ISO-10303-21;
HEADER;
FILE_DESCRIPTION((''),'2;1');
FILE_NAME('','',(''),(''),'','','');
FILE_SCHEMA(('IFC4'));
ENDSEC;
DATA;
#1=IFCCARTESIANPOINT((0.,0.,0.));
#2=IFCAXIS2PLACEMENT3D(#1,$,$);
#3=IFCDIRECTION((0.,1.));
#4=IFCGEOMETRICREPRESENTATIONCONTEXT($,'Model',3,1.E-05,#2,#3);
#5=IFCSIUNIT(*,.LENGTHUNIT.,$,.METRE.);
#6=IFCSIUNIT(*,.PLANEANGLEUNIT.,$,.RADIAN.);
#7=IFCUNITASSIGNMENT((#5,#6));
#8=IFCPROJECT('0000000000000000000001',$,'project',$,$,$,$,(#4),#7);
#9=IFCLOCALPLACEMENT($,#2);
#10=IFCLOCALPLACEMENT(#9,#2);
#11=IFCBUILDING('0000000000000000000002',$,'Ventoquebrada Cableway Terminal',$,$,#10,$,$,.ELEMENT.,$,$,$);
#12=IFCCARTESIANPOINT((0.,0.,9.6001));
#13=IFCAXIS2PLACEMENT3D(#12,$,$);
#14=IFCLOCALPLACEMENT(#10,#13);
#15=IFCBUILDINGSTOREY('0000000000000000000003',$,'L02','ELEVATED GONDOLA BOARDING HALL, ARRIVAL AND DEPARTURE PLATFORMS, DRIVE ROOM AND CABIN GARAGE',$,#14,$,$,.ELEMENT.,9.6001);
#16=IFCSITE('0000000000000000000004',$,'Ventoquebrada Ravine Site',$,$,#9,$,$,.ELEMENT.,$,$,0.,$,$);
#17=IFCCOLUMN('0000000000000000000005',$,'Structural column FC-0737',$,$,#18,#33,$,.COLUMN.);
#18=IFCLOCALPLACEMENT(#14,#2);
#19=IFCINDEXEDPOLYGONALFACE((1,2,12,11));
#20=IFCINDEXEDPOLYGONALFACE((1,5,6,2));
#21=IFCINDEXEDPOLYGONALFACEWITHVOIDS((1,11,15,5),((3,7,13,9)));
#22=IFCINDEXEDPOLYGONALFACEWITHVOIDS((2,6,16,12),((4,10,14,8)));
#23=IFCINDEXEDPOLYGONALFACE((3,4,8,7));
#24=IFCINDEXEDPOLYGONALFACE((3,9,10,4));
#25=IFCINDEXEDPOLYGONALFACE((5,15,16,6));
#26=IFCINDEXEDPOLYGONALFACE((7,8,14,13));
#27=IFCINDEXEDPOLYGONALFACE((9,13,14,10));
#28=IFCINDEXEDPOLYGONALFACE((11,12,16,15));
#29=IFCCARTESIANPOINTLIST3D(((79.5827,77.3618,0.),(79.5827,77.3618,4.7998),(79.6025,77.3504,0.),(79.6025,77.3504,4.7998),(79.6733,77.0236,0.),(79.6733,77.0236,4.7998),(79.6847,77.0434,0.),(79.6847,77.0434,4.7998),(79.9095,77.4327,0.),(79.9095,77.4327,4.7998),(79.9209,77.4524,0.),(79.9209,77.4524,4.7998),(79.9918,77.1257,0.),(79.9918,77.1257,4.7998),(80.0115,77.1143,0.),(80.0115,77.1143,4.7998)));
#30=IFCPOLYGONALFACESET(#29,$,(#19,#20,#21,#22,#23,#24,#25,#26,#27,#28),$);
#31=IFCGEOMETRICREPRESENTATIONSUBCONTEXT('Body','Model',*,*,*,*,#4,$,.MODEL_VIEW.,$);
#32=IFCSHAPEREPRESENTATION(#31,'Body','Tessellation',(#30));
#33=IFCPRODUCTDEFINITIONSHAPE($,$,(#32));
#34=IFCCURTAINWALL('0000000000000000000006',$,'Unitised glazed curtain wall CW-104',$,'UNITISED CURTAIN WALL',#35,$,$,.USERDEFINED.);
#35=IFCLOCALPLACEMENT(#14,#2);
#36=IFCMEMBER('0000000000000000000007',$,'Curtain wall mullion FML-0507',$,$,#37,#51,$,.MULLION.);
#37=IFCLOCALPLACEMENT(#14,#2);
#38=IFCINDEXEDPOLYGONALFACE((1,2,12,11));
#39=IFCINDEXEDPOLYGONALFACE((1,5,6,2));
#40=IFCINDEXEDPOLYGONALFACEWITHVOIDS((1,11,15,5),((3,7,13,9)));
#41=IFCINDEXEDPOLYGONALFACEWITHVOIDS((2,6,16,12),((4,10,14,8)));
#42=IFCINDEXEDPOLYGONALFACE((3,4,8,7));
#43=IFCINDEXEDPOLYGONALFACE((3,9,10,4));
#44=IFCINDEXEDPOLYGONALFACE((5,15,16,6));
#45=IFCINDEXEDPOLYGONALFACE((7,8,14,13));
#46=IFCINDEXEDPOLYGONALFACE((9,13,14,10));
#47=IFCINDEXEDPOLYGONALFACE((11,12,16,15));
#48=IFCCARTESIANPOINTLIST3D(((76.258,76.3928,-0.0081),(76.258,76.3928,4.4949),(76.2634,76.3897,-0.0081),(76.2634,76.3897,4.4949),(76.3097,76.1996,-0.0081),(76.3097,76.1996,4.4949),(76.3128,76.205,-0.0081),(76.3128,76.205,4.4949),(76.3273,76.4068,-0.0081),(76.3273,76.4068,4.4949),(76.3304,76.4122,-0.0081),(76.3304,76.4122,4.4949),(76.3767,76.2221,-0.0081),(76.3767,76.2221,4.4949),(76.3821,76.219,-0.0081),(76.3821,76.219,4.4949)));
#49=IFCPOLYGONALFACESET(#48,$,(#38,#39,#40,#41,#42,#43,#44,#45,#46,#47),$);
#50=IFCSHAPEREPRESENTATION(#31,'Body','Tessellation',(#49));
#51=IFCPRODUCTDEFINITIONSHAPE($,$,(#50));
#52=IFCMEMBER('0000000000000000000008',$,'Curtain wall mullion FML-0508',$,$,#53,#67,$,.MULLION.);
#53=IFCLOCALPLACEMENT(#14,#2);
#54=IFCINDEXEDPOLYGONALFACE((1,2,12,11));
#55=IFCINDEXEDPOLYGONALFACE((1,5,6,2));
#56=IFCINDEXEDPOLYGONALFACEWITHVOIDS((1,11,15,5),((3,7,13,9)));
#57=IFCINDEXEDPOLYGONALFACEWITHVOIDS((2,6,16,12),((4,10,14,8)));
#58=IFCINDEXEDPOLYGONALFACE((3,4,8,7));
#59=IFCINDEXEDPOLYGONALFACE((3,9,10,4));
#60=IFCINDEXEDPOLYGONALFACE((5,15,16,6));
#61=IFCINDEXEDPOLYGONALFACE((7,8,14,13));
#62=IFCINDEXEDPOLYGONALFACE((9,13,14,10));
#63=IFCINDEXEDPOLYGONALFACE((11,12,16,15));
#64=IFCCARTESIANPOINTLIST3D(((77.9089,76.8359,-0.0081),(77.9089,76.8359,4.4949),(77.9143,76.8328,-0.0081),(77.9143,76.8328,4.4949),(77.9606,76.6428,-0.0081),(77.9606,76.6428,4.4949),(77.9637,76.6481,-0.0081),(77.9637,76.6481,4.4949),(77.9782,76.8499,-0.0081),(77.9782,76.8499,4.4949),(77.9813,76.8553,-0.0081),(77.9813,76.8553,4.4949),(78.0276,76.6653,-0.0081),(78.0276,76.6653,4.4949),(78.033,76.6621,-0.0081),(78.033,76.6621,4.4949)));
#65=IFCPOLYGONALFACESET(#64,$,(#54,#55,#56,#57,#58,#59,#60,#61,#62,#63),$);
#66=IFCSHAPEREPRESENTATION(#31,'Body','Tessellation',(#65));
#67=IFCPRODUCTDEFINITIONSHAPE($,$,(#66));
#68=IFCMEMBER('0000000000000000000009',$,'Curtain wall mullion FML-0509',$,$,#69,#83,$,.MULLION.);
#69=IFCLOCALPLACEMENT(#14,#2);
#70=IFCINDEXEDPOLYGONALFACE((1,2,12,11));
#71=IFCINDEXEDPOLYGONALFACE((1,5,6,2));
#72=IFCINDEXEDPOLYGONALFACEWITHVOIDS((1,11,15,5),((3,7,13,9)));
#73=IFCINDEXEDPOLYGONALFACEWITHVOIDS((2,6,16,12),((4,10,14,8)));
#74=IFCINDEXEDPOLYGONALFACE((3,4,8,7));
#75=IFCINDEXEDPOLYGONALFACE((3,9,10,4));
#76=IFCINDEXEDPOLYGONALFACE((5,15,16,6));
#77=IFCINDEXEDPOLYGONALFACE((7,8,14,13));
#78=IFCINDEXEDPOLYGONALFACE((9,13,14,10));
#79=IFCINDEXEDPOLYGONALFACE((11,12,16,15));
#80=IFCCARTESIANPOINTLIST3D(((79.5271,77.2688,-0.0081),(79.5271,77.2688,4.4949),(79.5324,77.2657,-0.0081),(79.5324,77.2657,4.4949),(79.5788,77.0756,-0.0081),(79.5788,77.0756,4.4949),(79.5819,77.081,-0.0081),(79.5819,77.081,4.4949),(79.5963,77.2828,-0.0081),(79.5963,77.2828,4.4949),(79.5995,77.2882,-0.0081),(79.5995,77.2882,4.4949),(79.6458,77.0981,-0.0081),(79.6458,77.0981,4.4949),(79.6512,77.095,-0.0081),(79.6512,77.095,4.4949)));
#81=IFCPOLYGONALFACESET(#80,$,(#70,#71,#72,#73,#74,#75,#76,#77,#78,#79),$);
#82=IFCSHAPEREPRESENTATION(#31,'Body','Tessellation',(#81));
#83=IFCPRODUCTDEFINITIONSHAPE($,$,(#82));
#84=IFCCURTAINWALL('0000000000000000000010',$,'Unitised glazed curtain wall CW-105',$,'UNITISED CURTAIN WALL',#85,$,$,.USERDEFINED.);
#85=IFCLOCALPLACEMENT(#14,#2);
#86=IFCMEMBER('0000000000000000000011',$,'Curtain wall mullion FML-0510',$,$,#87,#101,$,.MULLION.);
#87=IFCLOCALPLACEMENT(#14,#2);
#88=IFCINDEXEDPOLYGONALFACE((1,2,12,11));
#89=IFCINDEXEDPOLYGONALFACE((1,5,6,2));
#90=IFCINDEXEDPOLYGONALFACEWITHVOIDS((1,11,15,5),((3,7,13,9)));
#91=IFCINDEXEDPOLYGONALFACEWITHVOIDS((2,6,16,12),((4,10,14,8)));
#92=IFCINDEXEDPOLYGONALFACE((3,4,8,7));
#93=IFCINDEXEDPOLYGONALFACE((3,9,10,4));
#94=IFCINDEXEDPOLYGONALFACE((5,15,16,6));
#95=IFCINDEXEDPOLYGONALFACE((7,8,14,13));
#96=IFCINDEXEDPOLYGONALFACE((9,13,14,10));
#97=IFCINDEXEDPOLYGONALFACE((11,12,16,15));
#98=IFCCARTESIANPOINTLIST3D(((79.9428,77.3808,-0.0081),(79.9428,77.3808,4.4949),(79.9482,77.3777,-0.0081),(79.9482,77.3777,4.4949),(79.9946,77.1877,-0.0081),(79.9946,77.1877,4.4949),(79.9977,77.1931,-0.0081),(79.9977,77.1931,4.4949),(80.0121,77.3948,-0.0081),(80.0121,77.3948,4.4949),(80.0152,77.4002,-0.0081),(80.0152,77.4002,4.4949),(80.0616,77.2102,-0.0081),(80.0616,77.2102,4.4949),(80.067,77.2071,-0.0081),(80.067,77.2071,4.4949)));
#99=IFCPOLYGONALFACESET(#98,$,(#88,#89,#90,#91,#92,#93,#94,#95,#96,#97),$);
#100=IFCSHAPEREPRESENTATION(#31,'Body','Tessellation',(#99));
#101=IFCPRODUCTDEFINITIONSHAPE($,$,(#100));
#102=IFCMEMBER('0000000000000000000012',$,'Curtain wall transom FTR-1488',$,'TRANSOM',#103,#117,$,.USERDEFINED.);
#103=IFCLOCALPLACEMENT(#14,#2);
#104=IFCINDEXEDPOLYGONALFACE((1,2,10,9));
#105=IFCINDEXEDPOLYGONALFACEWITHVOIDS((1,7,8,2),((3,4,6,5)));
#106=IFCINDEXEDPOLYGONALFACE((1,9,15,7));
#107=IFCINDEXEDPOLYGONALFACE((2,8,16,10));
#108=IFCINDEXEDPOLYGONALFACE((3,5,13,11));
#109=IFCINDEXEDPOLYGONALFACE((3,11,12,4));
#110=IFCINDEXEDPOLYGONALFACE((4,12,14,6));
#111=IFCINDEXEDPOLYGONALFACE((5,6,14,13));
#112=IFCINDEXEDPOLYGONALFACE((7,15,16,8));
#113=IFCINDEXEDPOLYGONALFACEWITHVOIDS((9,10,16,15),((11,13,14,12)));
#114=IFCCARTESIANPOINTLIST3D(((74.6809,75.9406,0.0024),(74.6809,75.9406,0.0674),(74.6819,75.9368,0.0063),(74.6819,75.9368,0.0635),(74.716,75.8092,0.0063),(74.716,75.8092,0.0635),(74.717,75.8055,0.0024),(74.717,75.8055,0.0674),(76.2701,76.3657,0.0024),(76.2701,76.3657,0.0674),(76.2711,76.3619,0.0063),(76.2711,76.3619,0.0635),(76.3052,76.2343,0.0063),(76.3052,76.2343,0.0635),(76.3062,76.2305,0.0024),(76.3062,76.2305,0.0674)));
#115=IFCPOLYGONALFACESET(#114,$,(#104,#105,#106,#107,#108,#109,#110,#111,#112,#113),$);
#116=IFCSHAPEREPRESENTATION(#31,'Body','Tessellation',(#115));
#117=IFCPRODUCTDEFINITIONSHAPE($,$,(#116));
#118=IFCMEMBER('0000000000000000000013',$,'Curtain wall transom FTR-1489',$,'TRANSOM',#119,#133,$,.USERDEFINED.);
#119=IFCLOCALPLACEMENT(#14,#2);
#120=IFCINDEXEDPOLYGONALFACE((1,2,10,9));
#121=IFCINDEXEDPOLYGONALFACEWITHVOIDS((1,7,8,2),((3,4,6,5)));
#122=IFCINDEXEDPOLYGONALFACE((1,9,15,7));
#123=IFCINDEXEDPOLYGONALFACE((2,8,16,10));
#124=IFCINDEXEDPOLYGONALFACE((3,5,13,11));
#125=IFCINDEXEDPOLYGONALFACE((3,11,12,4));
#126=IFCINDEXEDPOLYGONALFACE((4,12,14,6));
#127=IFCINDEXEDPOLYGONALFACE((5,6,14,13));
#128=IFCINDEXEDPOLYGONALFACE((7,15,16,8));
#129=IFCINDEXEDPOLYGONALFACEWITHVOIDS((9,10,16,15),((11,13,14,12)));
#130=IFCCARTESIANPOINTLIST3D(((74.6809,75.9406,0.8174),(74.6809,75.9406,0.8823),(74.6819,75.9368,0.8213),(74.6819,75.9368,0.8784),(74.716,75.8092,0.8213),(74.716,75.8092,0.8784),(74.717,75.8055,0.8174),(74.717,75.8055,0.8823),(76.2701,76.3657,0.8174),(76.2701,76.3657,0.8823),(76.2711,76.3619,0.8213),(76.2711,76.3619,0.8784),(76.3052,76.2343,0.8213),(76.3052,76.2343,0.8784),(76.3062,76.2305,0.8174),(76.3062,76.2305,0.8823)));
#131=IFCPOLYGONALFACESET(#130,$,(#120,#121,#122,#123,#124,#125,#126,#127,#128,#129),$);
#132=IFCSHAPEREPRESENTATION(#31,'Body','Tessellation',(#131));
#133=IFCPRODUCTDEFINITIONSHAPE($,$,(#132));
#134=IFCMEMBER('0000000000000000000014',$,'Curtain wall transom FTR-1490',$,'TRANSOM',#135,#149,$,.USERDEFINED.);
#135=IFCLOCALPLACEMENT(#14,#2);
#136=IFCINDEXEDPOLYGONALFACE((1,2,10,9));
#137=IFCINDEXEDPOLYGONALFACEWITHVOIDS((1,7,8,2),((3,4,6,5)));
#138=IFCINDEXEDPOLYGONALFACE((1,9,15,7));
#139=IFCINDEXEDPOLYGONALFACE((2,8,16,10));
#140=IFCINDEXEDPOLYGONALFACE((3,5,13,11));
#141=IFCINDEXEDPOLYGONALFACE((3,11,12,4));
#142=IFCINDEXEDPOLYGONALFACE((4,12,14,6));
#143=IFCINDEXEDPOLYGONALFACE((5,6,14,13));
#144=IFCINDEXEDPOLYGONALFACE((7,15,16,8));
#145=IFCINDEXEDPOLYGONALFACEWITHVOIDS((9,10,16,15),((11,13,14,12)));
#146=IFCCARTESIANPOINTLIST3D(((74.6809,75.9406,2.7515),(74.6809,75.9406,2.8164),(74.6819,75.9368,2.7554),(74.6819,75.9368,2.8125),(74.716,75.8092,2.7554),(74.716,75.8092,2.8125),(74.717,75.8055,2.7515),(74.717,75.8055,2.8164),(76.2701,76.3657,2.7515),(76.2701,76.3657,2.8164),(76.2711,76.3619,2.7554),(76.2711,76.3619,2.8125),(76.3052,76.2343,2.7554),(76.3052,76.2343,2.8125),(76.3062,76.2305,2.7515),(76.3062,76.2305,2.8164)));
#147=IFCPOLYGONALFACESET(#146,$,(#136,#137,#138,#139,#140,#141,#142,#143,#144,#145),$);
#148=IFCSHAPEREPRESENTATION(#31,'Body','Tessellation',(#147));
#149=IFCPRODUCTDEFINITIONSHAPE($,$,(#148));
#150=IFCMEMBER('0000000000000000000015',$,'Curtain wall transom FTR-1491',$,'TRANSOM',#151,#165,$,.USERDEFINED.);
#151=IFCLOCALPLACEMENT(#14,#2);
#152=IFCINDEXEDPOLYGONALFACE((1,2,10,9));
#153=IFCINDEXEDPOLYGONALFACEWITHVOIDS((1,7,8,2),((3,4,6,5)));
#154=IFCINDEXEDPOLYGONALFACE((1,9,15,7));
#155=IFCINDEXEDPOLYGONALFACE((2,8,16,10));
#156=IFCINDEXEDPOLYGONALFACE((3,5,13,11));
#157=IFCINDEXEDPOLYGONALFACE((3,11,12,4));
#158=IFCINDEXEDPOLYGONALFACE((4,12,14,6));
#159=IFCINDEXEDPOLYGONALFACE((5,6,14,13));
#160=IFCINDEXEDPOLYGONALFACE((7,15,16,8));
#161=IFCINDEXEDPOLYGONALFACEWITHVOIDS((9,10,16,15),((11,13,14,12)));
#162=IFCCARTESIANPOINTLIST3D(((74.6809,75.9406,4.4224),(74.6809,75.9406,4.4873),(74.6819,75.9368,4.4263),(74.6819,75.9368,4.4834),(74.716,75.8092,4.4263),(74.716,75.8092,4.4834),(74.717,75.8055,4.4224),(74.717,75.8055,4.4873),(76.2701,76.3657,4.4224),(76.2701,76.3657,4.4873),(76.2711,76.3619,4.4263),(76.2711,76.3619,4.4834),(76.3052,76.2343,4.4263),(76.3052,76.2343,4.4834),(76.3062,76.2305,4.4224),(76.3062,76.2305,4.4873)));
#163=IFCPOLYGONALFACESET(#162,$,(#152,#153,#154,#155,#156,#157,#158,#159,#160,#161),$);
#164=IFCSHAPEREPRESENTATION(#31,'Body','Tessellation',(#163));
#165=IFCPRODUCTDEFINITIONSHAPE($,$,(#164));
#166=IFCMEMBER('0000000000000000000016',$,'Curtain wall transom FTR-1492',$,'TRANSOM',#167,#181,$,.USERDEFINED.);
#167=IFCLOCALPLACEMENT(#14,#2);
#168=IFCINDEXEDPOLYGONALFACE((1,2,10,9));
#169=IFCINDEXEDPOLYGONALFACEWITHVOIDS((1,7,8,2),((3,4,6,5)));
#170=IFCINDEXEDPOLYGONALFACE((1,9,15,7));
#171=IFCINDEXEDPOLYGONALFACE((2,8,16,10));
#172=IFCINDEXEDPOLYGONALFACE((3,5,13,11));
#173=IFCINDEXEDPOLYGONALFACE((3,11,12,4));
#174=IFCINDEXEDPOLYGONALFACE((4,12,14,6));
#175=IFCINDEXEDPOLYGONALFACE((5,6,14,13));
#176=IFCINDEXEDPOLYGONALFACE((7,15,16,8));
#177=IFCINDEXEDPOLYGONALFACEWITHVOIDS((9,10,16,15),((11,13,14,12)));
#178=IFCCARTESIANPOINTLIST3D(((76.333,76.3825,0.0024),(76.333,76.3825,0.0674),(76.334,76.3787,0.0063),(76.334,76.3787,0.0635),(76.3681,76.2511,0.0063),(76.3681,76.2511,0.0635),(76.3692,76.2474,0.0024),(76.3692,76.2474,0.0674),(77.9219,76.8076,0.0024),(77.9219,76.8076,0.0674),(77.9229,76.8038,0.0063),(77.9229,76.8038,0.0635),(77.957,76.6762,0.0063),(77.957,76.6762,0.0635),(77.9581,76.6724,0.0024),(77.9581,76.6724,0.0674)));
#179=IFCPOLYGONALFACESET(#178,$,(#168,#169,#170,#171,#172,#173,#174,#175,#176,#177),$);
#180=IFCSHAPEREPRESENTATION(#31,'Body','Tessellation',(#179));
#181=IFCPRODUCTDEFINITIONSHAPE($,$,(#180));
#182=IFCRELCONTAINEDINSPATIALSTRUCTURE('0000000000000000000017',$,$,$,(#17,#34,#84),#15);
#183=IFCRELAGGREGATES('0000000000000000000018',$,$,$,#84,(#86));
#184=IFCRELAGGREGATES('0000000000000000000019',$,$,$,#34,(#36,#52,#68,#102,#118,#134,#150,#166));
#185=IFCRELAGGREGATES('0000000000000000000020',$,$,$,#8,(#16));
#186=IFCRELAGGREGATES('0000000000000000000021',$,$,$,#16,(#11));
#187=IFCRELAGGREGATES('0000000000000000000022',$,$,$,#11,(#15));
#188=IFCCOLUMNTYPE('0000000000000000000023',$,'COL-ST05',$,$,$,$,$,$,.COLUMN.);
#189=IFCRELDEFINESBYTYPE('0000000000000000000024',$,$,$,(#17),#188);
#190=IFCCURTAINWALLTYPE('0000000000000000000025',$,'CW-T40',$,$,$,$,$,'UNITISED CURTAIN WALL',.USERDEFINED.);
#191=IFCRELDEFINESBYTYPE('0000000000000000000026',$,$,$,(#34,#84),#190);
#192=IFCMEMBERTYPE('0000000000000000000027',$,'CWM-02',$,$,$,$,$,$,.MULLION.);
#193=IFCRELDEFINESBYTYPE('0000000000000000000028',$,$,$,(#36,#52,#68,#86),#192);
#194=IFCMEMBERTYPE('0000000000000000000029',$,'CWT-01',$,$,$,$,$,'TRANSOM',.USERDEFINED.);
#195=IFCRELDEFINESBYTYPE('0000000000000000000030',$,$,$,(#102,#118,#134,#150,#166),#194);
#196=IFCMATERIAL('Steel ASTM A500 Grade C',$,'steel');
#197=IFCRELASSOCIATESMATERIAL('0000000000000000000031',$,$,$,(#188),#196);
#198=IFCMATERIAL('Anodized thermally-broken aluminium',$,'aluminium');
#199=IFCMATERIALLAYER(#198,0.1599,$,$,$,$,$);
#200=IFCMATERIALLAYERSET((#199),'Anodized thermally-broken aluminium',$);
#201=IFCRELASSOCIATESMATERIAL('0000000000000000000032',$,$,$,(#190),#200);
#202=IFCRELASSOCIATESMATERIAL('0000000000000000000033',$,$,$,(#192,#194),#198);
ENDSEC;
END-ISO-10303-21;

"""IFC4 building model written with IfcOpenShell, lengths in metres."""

from ifc_helpers import new_model, si_unit, direction, frame, origin, origin_2d, place, context, subcontext, project, spatial, hollow_rectangle, extrude, material, layer, layer_set, material_profile, profile_set, type_object, element, aggregate, save


model = new_model("IFC4")

# Units and contexts
model_context = context("Model", 3, precision=1e-05, world=origin(), true_north=direction((0.0, 1.0)))
body_context = subcontext(model_context, "Body", "Model", "MODEL_VIEW")
ifc_project = project(units=[si_unit("LENGTHUNIT", "METRE"), si_unit("PLANEANGLEUNIT", "RADIAN")], contexts=[model_context])

# Site, building, storey
site_placement = place(None, origin())
site = spatial("IfcSite", under=ifc_project, at=site_placement, Name="Ventoquebrada Ravine Site", CompositionType="ELEMENT", RefElevation=0.0)
building_placement = place(site_placement, origin())
building = spatial("IfcBuilding", under=site, at=building_placement, Name="Ventoquebrada Cableway Terminal", CompositionType="ELEMENT")
storey_placement = place(building_placement, frame((0.0, 0.0, 9.6001)))
storey = spatial("IfcBuildingStorey", under=building, at=storey_placement, Name="L02", Description="ELEVATED GONDOLA BOARDING HALL, ARRIVAL AND DEPARTURE PLATFORMS, DRIVE ROOM AND CABIN GARAGE", CompositionType="ELEMENT", Elevation=9.6001)

# Column
ifc_material_1 = material(Name="Steel ASTM A500 Grade C", Category="steel")
ifc_material_profile_1 = material_profile(ifc_material_1, hollow_rectangle(XDim=0.3501, YDim=0.3501, WallThickness=0.0161, at=origin_2d()), Name="HSS350X350X16")
ifc_profile_set_1 = profile_set([ifc_material_profile_1], Name="Steel ASTM A500 Grade C")
column_type = type_object("IfcColumnType", Name="COL-ST05", PredefinedType="COLUMN", material=ifc_profile_set_1)
column_placement = place(storey_placement, frame((79.7971, 77.238, 0.0), z_axis=(0.0, 0.0, 1.0), x_axis=(0.965926, 0.258819, 0.0)))
element("IfcColumn", 1, at=column_placement, inside=storey, type_object=column_type, Name="Structural column FC-0737", PredefinedType="COLUMN", context=body_context, shape_type="SweptSolid", body=[
    extrude(hollow_rectangle(XDim=0.3501, YDim=0.3501, WallThickness=0.0161, at=origin_2d()), origin(), (0.0, 0.0, 1.0), 4.7998),
])

# Curtain wall, members
ifc_material_2 = material(Name="Anodized thermally-broken aluminium", Category="aluminium")
ifc_layer_1 = layer(ifc_material_2, 0.1599)
ifc_layer_set_1 = layer_set([ifc_layer_1], Name="Anodized thermally-broken aluminium")
curtain_wall_type = type_object("IfcCurtainWallType", Name="CW-T40", ElementType="UNITISED CURTAIN WALL", PredefinedType="USERDEFINED", material=ifc_layer_set_1)
curtain_wall_1_placement = place(storey_placement, origin())
curtain_wall_1 = element("IfcCurtainWall", 2, at=curtain_wall_1_placement, inside=storey, type_object=curtain_wall_type, Name="Unitised glazed curtain wall CW-104", ObjectType="UNITISED CURTAIN WALL", PredefinedType="USERDEFINED")
ifc_material_profile_2 = material_profile(ifc_material_2, hollow_rectangle(XDim=0.075, YDim=0.2, WallThickness=0.0044, at=origin_2d()), Name="CW-MUL-75X200")
ifc_profile_set_2 = profile_set([ifc_material_profile_2], Name="Anodized thermally-broken aluminium")
member_type_1 = type_object("IfcMemberType", Name="CWM-02", PredefinedType="MULLION", material=ifc_profile_set_2)
member_1_placement = place(storey_placement, frame((76.3201, 76.3059, -0.0081), z_axis=(0.0, 0.0, 1.0), x_axis=(0.965975, 0.258634, 0.0)))
member_1 = element("IfcMember", 3, at=member_1_placement, type_object=member_type_1, Name="Curtain wall mullion FML-0507", PredefinedType="MULLION", context=body_context, shape_type="SweptSolid", body=[
    extrude(hollow_rectangle(XDim=0.075, YDim=0.2, WallThickness=0.0044, at=origin_2d()), origin(), (0.0, 0.0, 1.0), 4.5029),
])
member_2_placement = place(storey_placement, frame((77.9709, 76.749, -0.0081), z_axis=(0.0, 0.0, 1.0), x_axis=(0.965975, 0.258634, 0.0)))
member_2 = element("IfcMember", 4, at=member_2_placement, type_object=member_type_1, Name="Curtain wall mullion FML-0508", PredefinedType="MULLION", context=body_context, shape_type="SweptSolid", body=[
    extrude(hollow_rectangle(XDim=0.075, YDim=0.2, WallThickness=0.0044, at=origin_2d()), origin(), (0.0, 0.0, 1.0), 4.5029),
])
member_3_placement = place(storey_placement, frame((79.5891, 77.1819, -0.0081), z_axis=(0.0, 0.0, 1.0), x_axis=(0.965975, 0.258634, 0.0)))
member_3 = element("IfcMember", 5, at=member_3_placement, type_object=member_type_1, Name="Curtain wall mullion FML-0509", PredefinedType="MULLION", context=body_context, shape_type="SweptSolid", body=[
    extrude(hollow_rectangle(XDim=0.075, YDim=0.2, WallThickness=0.0044, at=origin_2d()), origin(), (0.0, 0.0, 1.0), 4.5029),
])

# Curtain wall, member
curtain_wall_2_placement = place(storey_placement, origin())
curtain_wall_2 = element("IfcCurtainWall", 6, at=curtain_wall_2_placement, inside=storey, type_object=curtain_wall_type, Name="Unitised glazed curtain wall CW-105", ObjectType="UNITISED CURTAIN WALL", PredefinedType="USERDEFINED")
member_4_placement = place(storey_placement, frame((80.0049, 77.2939, -0.0081), z_axis=(0.0, 0.0, 1.0), x_axis=(0.96593, 0.258802, 0.0)))
member_4 = element("IfcMember", 7, at=member_4_placement, type_object=member_type_1, Name="Curtain wall mullion FML-0510", PredefinedType="MULLION", context=body_context, shape_type="SweptSolid", body=[
    extrude(hollow_rectangle(XDim=0.075, YDim=0.2, WallThickness=0.0044, at=origin_2d()), origin(), (0.0, 0.0, 1.0), 4.5029),
])

# Members
ifc_material_profile_3 = material_profile(ifc_material_2, hollow_rectangle(XDim=0.0649, YDim=0.1399, WallThickness=0.0039, at=origin_2d()), Name="CW-TRN-65X140")
ifc_profile_set_3 = profile_set([ifc_material_profile_3], Name="Anodized thermally-broken aluminium")
member_type_2 = type_object("IfcMemberType", Name="CWT-01", ElementType="TRANSOM", PredefinedType="USERDEFINED", material=ifc_profile_set_3)
member_5_placement = place(storey_placement, frame((74.699, 75.873, 0.0349), z_axis=(0.96604, 0.258392, 0.0), x_axis=(0.0, 0.0, 1.0)))
member_5 = element("IfcMember", 8, at=member_5_placement, type_object=member_type_2, Name="Curtain wall transom FTR-1488", ObjectType="TRANSOM", PredefinedType="USERDEFINED", context=body_context, shape_type="SweptSolid", body=[
    extrude(hollow_rectangle(XDim=0.0649, YDim=0.1399, WallThickness=0.0039, at=origin_2d()), origin(), (0.0, 0.0, 1.0), 1.645),
])
member_6_placement = place(storey_placement, frame((74.699, 75.873, 0.8499), z_axis=(0.96604, 0.258392, 0.0), x_axis=(0.0, 0.0, 1.0)))
member_6 = element("IfcMember", 9, at=member_6_placement, type_object=member_type_2, Name="Curtain wall transom FTR-1489", ObjectType="TRANSOM", PredefinedType="USERDEFINED", context=body_context, shape_type="SweptSolid", body=[
    extrude(hollow_rectangle(XDim=0.0649, YDim=0.1399, WallThickness=0.0039, at=origin_2d()), origin(), (0.0, 0.0, 1.0), 1.645),
])
member_7_placement = place(storey_placement, frame((74.699, 75.873, 2.7839), z_axis=(0.96604, 0.258392, 0.0), x_axis=(0.0, 0.0, 1.0)))
member_7 = element("IfcMember", 10, at=member_7_placement, type_object=member_type_2, Name="Curtain wall transom FTR-1490", ObjectType="TRANSOM", PredefinedType="USERDEFINED", context=body_context, shape_type="SweptSolid", body=[
    extrude(hollow_rectangle(XDim=0.0649, YDim=0.1399, WallThickness=0.0039, at=origin_2d()), origin(), (0.0, 0.0, 1.0), 1.645),
])
member_8_placement = place(storey_placement, frame((74.699, 75.873, 4.4548), z_axis=(0.96604, 0.258392, 0.0), x_axis=(0.0, 0.0, 1.0)))
member_8 = element("IfcMember", 11, at=member_8_placement, type_object=member_type_2, Name="Curtain wall transom FTR-1491", ObjectType="TRANSOM", PredefinedType="USERDEFINED", context=body_context, shape_type="SweptSolid", body=[
    extrude(hollow_rectangle(XDim=0.0649, YDim=0.1399, WallThickness=0.0039, at=origin_2d()), origin(), (0.0, 0.0, 1.0), 1.645),
])
member_9_placement = place(storey_placement, frame((76.3511, 76.3149, 0.0349), z_axis=(0.96603, 0.258429, 0.0), x_axis=(0.0, 0.0, 1.0)))
member_9 = element("IfcMember", 12, at=member_9_placement, type_object=member_type_2, Name="Curtain wall transom FTR-1492", ObjectType="TRANSOM", PredefinedType="USERDEFINED", context=body_context, shape_type="SweptSolid", body=[
    extrude(hollow_rectangle(XDim=0.0649, YDim=0.1399, WallThickness=0.0039, at=origin_2d()), origin(), (0.0, 0.0, 1.0), 1.6448),
])
aggregate(curtain_wall_2, [member_4])

aggregate(curtain_wall_1, [member_1, member_2, member_3, member_5, member_6, member_7, member_8, member_9])

save(model, "model.ifc")
